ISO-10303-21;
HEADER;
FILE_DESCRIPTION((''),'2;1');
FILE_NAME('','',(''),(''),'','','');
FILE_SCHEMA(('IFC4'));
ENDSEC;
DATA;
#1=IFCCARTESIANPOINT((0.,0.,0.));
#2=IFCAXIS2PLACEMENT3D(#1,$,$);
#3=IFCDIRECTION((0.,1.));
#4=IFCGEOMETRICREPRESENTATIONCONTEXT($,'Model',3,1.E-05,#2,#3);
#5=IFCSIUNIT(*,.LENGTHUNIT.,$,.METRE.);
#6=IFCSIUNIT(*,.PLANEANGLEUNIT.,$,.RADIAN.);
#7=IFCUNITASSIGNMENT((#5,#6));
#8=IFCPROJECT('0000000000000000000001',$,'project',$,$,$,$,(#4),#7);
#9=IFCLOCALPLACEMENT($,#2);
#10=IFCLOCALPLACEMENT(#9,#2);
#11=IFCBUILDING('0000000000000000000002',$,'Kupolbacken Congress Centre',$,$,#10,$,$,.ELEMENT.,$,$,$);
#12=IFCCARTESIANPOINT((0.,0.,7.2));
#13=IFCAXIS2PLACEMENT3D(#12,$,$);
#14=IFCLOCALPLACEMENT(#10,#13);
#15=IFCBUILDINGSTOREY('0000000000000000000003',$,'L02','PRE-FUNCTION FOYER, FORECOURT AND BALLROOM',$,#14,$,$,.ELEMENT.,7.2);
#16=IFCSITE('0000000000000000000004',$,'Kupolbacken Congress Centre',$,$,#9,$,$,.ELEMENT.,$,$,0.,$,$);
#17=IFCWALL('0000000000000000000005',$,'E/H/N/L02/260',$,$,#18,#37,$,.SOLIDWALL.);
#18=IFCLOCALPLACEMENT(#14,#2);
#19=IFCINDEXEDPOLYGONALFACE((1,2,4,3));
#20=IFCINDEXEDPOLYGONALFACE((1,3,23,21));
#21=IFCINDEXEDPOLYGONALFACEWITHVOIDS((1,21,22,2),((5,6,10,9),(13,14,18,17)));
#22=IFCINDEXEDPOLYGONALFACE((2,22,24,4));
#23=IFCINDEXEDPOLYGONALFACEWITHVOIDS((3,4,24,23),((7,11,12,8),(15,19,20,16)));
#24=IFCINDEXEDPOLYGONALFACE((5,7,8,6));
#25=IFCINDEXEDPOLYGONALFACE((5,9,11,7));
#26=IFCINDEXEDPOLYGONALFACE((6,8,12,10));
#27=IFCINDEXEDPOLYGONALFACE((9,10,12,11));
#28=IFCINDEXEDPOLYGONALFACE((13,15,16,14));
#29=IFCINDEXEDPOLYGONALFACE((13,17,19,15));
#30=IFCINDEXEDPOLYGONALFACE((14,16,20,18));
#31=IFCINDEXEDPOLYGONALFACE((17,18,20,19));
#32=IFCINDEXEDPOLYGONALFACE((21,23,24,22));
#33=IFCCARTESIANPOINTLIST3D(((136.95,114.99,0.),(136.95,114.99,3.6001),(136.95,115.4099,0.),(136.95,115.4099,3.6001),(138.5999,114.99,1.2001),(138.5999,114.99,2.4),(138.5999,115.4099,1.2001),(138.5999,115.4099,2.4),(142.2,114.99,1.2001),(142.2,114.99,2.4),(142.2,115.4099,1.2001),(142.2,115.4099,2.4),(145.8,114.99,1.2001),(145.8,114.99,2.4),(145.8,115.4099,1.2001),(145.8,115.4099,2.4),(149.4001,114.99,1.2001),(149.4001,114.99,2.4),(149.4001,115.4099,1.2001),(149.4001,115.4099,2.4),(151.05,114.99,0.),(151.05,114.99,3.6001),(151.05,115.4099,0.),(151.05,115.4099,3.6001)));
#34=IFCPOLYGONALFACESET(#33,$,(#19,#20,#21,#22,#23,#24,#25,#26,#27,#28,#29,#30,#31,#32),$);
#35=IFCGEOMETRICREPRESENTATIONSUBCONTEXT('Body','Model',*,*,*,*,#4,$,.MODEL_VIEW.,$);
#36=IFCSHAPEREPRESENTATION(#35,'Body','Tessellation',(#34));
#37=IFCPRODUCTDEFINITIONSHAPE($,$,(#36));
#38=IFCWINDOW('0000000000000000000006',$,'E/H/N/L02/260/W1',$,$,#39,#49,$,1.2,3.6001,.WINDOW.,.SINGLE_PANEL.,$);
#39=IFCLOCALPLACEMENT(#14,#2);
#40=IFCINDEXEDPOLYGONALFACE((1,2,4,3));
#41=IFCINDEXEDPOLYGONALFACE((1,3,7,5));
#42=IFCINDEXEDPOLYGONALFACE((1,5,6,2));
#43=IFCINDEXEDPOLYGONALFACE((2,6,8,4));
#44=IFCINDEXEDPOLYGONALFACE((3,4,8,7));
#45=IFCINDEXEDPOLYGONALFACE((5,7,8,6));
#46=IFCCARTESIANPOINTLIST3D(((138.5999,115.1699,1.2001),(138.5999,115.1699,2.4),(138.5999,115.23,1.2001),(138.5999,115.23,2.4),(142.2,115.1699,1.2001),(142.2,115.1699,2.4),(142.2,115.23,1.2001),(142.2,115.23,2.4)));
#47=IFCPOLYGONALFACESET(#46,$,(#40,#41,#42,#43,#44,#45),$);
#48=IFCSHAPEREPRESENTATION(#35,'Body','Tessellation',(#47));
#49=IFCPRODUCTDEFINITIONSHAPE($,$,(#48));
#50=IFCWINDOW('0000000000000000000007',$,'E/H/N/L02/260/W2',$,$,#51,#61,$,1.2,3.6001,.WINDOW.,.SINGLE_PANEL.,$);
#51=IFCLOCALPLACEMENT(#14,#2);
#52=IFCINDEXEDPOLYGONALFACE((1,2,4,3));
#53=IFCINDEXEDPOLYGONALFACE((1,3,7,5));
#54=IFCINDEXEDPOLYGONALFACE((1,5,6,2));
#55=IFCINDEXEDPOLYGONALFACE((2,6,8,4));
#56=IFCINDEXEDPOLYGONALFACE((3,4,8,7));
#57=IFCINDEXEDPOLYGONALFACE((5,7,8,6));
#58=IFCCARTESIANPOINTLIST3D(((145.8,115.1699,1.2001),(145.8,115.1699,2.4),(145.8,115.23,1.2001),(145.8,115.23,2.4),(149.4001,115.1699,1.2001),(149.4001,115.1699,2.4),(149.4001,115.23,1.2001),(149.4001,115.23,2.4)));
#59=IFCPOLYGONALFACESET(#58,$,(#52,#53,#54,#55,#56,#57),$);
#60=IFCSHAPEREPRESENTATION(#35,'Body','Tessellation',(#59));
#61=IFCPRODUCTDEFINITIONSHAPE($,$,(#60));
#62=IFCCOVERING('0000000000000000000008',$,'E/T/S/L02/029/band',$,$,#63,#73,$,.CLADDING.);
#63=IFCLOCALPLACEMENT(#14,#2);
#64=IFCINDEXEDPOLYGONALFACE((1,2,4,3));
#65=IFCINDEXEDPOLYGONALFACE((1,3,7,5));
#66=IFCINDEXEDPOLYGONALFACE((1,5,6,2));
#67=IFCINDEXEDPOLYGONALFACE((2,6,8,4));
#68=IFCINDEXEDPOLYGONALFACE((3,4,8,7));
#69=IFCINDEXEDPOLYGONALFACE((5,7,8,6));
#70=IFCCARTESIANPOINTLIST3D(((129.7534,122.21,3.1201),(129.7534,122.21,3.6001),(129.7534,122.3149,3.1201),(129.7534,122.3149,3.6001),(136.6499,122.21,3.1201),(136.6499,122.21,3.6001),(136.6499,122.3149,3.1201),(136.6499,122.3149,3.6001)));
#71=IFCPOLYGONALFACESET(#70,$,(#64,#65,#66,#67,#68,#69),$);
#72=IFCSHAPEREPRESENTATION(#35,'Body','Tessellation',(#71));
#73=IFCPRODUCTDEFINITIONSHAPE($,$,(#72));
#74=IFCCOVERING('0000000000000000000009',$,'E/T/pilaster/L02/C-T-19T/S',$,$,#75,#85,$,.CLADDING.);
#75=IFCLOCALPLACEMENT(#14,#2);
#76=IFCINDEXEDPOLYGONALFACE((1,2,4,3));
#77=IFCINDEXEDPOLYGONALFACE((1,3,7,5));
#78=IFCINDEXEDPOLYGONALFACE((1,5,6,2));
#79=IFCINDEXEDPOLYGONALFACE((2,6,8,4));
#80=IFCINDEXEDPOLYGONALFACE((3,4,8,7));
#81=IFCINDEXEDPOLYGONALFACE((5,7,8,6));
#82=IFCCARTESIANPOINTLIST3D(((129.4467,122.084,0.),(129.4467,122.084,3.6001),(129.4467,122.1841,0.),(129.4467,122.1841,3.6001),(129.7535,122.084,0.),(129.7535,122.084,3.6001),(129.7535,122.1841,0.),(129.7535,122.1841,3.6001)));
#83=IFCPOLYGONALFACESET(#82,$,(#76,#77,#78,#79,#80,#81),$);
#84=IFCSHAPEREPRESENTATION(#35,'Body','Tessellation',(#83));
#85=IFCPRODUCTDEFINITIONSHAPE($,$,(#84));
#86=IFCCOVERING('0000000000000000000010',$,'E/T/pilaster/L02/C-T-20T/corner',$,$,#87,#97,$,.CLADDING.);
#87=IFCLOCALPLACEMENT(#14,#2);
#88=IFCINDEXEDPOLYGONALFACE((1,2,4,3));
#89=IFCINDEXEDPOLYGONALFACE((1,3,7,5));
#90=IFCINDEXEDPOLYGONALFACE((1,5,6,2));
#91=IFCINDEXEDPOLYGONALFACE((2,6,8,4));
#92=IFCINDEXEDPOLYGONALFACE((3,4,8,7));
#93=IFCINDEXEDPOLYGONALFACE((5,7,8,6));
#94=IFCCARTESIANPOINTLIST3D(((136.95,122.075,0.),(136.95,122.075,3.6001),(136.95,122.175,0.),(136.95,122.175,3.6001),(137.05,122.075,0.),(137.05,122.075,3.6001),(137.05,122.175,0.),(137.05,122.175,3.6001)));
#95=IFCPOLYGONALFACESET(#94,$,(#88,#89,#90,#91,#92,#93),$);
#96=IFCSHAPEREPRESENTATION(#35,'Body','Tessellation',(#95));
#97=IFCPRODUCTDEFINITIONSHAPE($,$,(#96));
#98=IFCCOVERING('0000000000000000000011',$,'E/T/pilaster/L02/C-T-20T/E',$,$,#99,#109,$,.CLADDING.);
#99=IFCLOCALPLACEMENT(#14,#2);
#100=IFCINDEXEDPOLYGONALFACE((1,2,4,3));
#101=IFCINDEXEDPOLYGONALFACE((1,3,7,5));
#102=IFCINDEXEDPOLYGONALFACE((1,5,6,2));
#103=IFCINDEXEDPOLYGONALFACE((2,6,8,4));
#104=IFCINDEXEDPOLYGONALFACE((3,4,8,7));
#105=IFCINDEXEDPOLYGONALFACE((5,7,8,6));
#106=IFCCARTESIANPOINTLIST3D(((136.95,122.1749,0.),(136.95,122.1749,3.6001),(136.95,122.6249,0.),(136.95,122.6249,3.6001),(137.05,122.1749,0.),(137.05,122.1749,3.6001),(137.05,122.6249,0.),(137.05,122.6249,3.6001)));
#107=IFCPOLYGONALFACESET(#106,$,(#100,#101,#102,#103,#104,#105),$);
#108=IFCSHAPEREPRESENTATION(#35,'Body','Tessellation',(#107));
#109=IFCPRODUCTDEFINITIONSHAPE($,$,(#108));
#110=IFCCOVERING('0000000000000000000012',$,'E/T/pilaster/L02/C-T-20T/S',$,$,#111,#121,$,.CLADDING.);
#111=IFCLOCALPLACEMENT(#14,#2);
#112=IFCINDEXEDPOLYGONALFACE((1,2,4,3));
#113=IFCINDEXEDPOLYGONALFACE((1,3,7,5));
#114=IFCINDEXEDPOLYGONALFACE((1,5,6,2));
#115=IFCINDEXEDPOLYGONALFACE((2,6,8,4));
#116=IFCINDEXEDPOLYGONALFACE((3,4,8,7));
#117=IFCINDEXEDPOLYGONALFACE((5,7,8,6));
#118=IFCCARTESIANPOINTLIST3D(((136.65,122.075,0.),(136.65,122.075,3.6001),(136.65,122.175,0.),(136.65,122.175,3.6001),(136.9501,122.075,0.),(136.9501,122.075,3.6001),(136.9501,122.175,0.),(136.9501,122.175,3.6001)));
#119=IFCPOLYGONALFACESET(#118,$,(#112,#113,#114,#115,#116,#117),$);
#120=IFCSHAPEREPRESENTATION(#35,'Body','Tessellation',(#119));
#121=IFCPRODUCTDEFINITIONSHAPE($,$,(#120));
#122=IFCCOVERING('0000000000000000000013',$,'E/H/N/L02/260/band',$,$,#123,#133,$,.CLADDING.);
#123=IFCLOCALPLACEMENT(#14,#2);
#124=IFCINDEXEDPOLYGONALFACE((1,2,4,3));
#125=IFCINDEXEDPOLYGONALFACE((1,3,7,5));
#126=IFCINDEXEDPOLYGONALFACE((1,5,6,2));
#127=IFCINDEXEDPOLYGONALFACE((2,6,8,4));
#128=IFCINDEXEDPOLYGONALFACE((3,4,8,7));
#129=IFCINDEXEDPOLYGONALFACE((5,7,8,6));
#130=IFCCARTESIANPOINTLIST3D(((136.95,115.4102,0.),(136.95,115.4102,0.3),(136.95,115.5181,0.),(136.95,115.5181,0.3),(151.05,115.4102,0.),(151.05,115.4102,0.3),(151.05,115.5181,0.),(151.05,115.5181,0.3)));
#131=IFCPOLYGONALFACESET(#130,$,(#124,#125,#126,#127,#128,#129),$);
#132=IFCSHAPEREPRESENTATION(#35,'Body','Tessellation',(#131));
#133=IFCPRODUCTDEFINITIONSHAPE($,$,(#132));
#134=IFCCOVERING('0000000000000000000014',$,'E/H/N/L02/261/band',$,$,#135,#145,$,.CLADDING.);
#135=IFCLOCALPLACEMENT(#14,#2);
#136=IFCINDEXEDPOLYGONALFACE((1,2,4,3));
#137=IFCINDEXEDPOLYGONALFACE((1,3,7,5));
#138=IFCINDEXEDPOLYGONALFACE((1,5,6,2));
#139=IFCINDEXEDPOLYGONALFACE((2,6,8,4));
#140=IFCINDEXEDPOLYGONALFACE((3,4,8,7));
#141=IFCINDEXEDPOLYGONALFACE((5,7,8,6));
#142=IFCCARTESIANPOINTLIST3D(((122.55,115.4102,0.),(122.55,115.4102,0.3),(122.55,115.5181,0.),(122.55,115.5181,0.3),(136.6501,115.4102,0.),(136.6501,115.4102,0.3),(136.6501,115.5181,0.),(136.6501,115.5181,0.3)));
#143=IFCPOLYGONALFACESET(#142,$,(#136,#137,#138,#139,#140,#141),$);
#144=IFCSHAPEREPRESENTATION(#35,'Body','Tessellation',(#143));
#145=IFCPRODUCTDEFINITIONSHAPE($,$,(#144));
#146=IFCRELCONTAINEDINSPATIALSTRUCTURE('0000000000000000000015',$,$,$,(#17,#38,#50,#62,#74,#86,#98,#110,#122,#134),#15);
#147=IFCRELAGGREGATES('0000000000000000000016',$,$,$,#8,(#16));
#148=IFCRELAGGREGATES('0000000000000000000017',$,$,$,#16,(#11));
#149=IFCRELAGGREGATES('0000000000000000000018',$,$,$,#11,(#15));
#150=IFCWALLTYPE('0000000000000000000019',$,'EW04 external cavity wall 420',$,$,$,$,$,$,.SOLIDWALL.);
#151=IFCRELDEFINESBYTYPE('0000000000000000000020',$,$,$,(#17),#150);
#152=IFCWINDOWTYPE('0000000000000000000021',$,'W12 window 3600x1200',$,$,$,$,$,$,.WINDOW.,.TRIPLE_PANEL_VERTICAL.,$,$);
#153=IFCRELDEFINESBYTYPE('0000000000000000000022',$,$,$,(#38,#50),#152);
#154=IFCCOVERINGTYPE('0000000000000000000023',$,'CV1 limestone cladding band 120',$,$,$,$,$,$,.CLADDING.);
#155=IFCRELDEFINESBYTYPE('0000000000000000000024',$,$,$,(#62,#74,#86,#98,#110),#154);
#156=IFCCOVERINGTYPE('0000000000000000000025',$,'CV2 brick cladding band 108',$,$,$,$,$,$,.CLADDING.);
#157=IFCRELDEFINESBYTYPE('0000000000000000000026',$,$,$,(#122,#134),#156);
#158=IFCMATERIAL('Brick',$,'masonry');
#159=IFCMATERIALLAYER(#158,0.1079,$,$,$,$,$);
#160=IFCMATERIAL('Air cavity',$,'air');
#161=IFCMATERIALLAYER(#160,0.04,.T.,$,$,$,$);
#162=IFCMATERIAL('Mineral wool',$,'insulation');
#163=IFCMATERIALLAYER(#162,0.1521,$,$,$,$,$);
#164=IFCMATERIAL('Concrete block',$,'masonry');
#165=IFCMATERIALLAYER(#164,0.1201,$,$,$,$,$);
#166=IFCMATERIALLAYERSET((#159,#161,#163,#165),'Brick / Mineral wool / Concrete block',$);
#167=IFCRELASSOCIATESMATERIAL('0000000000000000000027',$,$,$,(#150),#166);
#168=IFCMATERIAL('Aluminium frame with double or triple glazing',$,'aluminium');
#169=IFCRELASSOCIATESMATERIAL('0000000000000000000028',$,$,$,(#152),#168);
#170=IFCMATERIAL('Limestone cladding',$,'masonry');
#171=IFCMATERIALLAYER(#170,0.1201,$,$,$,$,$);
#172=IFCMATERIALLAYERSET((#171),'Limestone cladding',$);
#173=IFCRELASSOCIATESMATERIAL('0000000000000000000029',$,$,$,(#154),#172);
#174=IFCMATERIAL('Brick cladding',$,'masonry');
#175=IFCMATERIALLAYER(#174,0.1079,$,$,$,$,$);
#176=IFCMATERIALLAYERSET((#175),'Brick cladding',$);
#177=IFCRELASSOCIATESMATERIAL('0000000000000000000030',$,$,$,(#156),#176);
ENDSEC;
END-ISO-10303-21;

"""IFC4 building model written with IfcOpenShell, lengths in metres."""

from ifc_helpers import new_model, si_unit, direction, frame, frame_2d, origin, origin_2d, place, context, subcontext, project, spatial, rectangle, extrude, material, layer, layer_set, type_object, element, fill, save


model = new_model("IFC4")

# Units and contexts
model_context = context("Model", 3, precision=1e-05, world=origin(), true_north=direction((0.0, 1.0)))
body_context = subcontext(model_context, "Body", "Model", "MODEL_VIEW")
ifc_project = project(units=[si_unit("LENGTHUNIT", "METRE"), si_unit("PLANEANGLEUNIT", "RADIAN")], contexts=[model_context])

# Site, building, storey
site_placement = place(None, origin())
site = spatial("IfcSite", under=ifc_project, at=site_placement, Name="Kupolbacken Congress Centre", CompositionType="ELEMENT", RefElevation=0.0)
building_placement = place(site_placement, origin())
building = spatial("IfcBuilding", under=site, at=building_placement, Name="Kupolbacken Congress Centre", CompositionType="ELEMENT")
storey_placement = place(building_placement, frame((0.0, 0.0, 7.2)))
storey = spatial("IfcBuildingStorey", under=building, at=storey_placement, Name="L02", Description="PRE-FUNCTION FOYER, FORECOURT AND BALLROOM", CompositionType="ELEMENT", Elevation=7.2)

# Shared definitions
ifc_material_1 = material(Name="Air cavity", Category="air")
ifc_material_2 = material(Name="Mineral wool", Category="insulation")

# Wall, openings, windows
ifc_material_3 = material(Name="Brick", Category="masonry")
ifc_layer_1 = layer(ifc_material_3, 0.1079)
ifc_layer_2 = layer(ifc_material_1, 0.04, ventilated=True)
ifc_layer_3 = layer(ifc_material_2, 0.1521)
ifc_material_4 = material(Name="Concrete block", Category="masonry")
ifc_layer_4 = layer(ifc_material_4, 0.1201)
ifc_layer_set_1 = layer_set([ifc_layer_1, ifc_layer_2, ifc_layer_3, ifc_layer_4], Name="Brick / Mineral wool / Concrete block")
wall_type_1 = type_object("IfcWallType", Name="EW04 external cavity wall 420", PredefinedType="SOLIDWALL", material=ifc_layer_set_1)
wall_1_placement = place(storey_placement, frame((151.05, 115.2, 0.0), z_axis=(0.0, 0.0, 1.0), x_axis=(-1.0, 0.0, 0.0)))
wall_1 = element("IfcWall", 1, at=wall_1_placement, inside=storey, type_object=wall_type_1, Name="E/H/N/L02/260", PredefinedType="SOLIDWALL", context=body_context, shape_type="SweptSolid", body=[
    extrude(rectangle(XDim=14.1001, YDim=0.4199, at=frame_2d((7.05, 0.0))), origin(), (0.0, 0.0, 1.0), 3.6001),
])
opening_1_placement = place(wall_1_placement, frame((8.8501, 0.0, 1.2)))
opening_1 = element("IfcOpeningElement", 2, at=opening_1_placement, cuts=wall_1, PredefinedType="OPENING", context=body_context, shape_type="SweptSolid", body=[
    extrude(rectangle(XDim=3.6001, YDim=1.2, at=frame_2d((1.8, 0.6001))), frame((0.0, 0.22, 0.0), z_axis=(0.0, -1.0, 0.0), x_axis=(1.0, 0.0, 0.0)), (0.0, 0.0, 1.0), 0.4399),
])
opening_2_placement = place(wall_1_placement, frame((1.6499, 0.0, 1.2)))
opening_2 = element("IfcOpeningElement", 3, at=opening_2_placement, cuts=wall_1, PredefinedType="OPENING", context=body_context, shape_type="SweptSolid", body=[
    extrude(rectangle(XDim=3.6001, YDim=1.2, at=frame_2d((1.8, 0.6001))), frame((0.0, 0.22, 0.0), z_axis=(0.0, -1.0, 0.0), x_axis=(1.0, 0.0, 0.0)), (0.0, 0.0, 1.0), 0.4399),
])
ifc_material_5 = material(Name="Aluminium frame with double or triple glazing", Category="aluminium")
window_type_1 = type_object("IfcWindowType", Name="W12 window 3600x1200", PartitioningType="TRIPLE_PANEL_VERTICAL", PredefinedType="WINDOW", material=ifc_material_5)
window_1_placement = place(opening_1_placement, origin())
window_1 = element("IfcWindow", 4, at=window_1_placement, inside=storey, type_object=window_type_1, Name="E/H/N/L02/260/W1", OverallHeight=1.2, OverallWidth=3.6001, PartitioningType="SINGLE_PANEL", PredefinedType="WINDOW", context=body_context, shape_type="SweptSolid", body=[
    extrude(rectangle(XDim=3.6001, YDim=1.2, at=frame_2d((1.8, 0.6001))), frame((0.0, 0.03, 0.0), z_axis=(0.0, -1.0, 0.0), x_axis=(1.0, 0.0, 0.0)), (0.0, 0.0, 1.0), 0.0601),
])
fill(opening_1, window_1)
window_2_placement = place(opening_2_placement, origin())
window_2 = element("IfcWindow", 5, at=window_2_placement, inside=storey, type_object=window_type_1, Name="E/H/N/L02/260/W2", OverallHeight=1.2, OverallWidth=3.6001, PartitioningType="SINGLE_PANEL", PredefinedType="WINDOW", context=body_context, shape_type="SweptSolid", body=[
    extrude(rectangle(XDim=3.6001, YDim=1.2, at=frame_2d((1.8, 0.6001))), frame((0.0, 0.03, 0.0), z_axis=(0.0, -1.0, 0.0), x_axis=(1.0, 0.0, 0.0)), (0.0, 0.0, 1.0), 0.0601),
])
fill(opening_2, window_2)

# Coverings
ifc_material_6 = material(Name="Limestone cladding", Category="masonry")
ifc_layer_5 = layer(ifc_material_6, 0.1201)
ifc_layer_set_2 = layer_set([ifc_layer_5], Name="Limestone cladding")
covering_type_1 = type_object("IfcCoveringType", Name="CV1 limestone cladding band 120", PredefinedType="CLADDING", material=ifc_layer_set_2)
covering_1_placement = place(storey_placement, frame((133.2017, 122.2625, 3.1201), z_axis=(0.0, 0.0, 1.0), x_axis=(1.0, 0.0, 0.0)))
element("IfcCovering", 6, at=covering_1_placement, inside=storey, type_object=covering_type_1, Name="E/T/S/L02/029/band", PredefinedType="CLADDING", context=body_context, shape_type="SweptSolid", body=[
    extrude(rectangle(XDim=6.8965, YDim=0.105, at=origin_2d()), origin(), (0.0, 0.0, 1.0), 0.48),
])
covering_2_placement = place(storey_placement, frame((129.6001, 122.134, 0.0), z_axis=(0.0, 0.0, 1.0), x_axis=(1.0, 0.0, 0.0)))
element("IfcCovering", 7, at=covering_2_placement, inside=storey, type_object=covering_type_1, Name="E/T/pilaster/L02/C-T-19T/S", PredefinedType="CLADDING", context=body_context, shape_type="SweptSolid", body=[
    extrude(rectangle(XDim=0.3069, YDim=0.1001, at=origin_2d()), origin(), (0.0, 0.0, 1.0), 3.6001),
])
covering_3_placement = place(storey_placement, frame((137.0, 122.125, 0.0), z_axis=(0.0, 0.0, 1.0), x_axis=(1.0, 0.0, 0.0)))
element("IfcCovering", 8, at=covering_3_placement, inside=storey, type_object=covering_type_1, Name="E/T/pilaster/L02/C-T-20T/corner", PredefinedType="CLADDING", context=body_context, shape_type="SweptSolid", body=[
    extrude(rectangle(XDim=0.1001, YDim=0.1001, at=origin_2d()), origin(), (0.0, 0.0, 1.0), 3.6001),
])
covering_4_placement = place(storey_placement, frame((137.0, 122.3999, 0.0), z_axis=(0.0, 0.0, 1.0), x_axis=(1.0, 0.0, 0.0)))
element("IfcCovering", 9, at=covering_4_placement, inside=storey, type_object=covering_type_1, Name="E/T/pilaster/L02/C-T-20T/E", PredefinedType="CLADDING", context=body_context, shape_type="SweptSolid", body=[
    extrude(rectangle(XDim=0.1001, YDim=0.45, at=origin_2d()), origin(), (0.0, 0.0, 1.0), 3.6001),
])
covering_5_placement = place(storey_placement, frame((136.8, 122.125, 0.0), z_axis=(0.0, 0.0, 1.0), x_axis=(1.0, 0.0, 0.0)))
element("IfcCovering", 10, at=covering_5_placement, inside=storey, type_object=covering_type_1, Name="E/T/pilaster/L02/C-T-20T/S", PredefinedType="CLADDING", context=body_context, shape_type="SweptSolid", body=[
    extrude(rectangle(XDim=0.3, YDim=0.1001, at=origin_2d()), origin(), (0.0, 0.0, 1.0), 3.6001),
])
ifc_material_7 = material(Name="Brick cladding", Category="masonry")
ifc_layer_6 = layer(ifc_material_7, 0.1079)
ifc_layer_set_3 = layer_set([ifc_layer_6], Name="Brick cladding")
covering_type_2 = type_object("IfcCoveringType", Name="CV2 brick cladding band 108", PredefinedType="CLADDING", material=ifc_layer_set_3)
for number, where, z_axis, x_axis, name in (
    (11, (144.0, 115.4641, 0.0), (0.0, 0.0, 1.0), (-1.0, 0.0, 0.0), "E/H/N/L02/260/band"),
    (12, (129.6001, 115.4641, 0.0), (0.0, 0.0, 1.0), (-1.0, 0.0, 0.0), "E/H/N/L02/261/band"),
):
    element("IfcCovering", number, at=place(storey_placement, frame(where, z_axis=z_axis, x_axis=x_axis)), inside=storey, type_object=covering_type_2, Name=name, PredefinedType="CLADDING", context=body_context, shape_type="SweptSolid", body=[
        extrude(rectangle(XDim=14.1001, YDim=0.1079, at=origin_2d()), origin(), (0.0, 0.0, 1.0), 0.3),
    ])

save(model, "model.ifc")
